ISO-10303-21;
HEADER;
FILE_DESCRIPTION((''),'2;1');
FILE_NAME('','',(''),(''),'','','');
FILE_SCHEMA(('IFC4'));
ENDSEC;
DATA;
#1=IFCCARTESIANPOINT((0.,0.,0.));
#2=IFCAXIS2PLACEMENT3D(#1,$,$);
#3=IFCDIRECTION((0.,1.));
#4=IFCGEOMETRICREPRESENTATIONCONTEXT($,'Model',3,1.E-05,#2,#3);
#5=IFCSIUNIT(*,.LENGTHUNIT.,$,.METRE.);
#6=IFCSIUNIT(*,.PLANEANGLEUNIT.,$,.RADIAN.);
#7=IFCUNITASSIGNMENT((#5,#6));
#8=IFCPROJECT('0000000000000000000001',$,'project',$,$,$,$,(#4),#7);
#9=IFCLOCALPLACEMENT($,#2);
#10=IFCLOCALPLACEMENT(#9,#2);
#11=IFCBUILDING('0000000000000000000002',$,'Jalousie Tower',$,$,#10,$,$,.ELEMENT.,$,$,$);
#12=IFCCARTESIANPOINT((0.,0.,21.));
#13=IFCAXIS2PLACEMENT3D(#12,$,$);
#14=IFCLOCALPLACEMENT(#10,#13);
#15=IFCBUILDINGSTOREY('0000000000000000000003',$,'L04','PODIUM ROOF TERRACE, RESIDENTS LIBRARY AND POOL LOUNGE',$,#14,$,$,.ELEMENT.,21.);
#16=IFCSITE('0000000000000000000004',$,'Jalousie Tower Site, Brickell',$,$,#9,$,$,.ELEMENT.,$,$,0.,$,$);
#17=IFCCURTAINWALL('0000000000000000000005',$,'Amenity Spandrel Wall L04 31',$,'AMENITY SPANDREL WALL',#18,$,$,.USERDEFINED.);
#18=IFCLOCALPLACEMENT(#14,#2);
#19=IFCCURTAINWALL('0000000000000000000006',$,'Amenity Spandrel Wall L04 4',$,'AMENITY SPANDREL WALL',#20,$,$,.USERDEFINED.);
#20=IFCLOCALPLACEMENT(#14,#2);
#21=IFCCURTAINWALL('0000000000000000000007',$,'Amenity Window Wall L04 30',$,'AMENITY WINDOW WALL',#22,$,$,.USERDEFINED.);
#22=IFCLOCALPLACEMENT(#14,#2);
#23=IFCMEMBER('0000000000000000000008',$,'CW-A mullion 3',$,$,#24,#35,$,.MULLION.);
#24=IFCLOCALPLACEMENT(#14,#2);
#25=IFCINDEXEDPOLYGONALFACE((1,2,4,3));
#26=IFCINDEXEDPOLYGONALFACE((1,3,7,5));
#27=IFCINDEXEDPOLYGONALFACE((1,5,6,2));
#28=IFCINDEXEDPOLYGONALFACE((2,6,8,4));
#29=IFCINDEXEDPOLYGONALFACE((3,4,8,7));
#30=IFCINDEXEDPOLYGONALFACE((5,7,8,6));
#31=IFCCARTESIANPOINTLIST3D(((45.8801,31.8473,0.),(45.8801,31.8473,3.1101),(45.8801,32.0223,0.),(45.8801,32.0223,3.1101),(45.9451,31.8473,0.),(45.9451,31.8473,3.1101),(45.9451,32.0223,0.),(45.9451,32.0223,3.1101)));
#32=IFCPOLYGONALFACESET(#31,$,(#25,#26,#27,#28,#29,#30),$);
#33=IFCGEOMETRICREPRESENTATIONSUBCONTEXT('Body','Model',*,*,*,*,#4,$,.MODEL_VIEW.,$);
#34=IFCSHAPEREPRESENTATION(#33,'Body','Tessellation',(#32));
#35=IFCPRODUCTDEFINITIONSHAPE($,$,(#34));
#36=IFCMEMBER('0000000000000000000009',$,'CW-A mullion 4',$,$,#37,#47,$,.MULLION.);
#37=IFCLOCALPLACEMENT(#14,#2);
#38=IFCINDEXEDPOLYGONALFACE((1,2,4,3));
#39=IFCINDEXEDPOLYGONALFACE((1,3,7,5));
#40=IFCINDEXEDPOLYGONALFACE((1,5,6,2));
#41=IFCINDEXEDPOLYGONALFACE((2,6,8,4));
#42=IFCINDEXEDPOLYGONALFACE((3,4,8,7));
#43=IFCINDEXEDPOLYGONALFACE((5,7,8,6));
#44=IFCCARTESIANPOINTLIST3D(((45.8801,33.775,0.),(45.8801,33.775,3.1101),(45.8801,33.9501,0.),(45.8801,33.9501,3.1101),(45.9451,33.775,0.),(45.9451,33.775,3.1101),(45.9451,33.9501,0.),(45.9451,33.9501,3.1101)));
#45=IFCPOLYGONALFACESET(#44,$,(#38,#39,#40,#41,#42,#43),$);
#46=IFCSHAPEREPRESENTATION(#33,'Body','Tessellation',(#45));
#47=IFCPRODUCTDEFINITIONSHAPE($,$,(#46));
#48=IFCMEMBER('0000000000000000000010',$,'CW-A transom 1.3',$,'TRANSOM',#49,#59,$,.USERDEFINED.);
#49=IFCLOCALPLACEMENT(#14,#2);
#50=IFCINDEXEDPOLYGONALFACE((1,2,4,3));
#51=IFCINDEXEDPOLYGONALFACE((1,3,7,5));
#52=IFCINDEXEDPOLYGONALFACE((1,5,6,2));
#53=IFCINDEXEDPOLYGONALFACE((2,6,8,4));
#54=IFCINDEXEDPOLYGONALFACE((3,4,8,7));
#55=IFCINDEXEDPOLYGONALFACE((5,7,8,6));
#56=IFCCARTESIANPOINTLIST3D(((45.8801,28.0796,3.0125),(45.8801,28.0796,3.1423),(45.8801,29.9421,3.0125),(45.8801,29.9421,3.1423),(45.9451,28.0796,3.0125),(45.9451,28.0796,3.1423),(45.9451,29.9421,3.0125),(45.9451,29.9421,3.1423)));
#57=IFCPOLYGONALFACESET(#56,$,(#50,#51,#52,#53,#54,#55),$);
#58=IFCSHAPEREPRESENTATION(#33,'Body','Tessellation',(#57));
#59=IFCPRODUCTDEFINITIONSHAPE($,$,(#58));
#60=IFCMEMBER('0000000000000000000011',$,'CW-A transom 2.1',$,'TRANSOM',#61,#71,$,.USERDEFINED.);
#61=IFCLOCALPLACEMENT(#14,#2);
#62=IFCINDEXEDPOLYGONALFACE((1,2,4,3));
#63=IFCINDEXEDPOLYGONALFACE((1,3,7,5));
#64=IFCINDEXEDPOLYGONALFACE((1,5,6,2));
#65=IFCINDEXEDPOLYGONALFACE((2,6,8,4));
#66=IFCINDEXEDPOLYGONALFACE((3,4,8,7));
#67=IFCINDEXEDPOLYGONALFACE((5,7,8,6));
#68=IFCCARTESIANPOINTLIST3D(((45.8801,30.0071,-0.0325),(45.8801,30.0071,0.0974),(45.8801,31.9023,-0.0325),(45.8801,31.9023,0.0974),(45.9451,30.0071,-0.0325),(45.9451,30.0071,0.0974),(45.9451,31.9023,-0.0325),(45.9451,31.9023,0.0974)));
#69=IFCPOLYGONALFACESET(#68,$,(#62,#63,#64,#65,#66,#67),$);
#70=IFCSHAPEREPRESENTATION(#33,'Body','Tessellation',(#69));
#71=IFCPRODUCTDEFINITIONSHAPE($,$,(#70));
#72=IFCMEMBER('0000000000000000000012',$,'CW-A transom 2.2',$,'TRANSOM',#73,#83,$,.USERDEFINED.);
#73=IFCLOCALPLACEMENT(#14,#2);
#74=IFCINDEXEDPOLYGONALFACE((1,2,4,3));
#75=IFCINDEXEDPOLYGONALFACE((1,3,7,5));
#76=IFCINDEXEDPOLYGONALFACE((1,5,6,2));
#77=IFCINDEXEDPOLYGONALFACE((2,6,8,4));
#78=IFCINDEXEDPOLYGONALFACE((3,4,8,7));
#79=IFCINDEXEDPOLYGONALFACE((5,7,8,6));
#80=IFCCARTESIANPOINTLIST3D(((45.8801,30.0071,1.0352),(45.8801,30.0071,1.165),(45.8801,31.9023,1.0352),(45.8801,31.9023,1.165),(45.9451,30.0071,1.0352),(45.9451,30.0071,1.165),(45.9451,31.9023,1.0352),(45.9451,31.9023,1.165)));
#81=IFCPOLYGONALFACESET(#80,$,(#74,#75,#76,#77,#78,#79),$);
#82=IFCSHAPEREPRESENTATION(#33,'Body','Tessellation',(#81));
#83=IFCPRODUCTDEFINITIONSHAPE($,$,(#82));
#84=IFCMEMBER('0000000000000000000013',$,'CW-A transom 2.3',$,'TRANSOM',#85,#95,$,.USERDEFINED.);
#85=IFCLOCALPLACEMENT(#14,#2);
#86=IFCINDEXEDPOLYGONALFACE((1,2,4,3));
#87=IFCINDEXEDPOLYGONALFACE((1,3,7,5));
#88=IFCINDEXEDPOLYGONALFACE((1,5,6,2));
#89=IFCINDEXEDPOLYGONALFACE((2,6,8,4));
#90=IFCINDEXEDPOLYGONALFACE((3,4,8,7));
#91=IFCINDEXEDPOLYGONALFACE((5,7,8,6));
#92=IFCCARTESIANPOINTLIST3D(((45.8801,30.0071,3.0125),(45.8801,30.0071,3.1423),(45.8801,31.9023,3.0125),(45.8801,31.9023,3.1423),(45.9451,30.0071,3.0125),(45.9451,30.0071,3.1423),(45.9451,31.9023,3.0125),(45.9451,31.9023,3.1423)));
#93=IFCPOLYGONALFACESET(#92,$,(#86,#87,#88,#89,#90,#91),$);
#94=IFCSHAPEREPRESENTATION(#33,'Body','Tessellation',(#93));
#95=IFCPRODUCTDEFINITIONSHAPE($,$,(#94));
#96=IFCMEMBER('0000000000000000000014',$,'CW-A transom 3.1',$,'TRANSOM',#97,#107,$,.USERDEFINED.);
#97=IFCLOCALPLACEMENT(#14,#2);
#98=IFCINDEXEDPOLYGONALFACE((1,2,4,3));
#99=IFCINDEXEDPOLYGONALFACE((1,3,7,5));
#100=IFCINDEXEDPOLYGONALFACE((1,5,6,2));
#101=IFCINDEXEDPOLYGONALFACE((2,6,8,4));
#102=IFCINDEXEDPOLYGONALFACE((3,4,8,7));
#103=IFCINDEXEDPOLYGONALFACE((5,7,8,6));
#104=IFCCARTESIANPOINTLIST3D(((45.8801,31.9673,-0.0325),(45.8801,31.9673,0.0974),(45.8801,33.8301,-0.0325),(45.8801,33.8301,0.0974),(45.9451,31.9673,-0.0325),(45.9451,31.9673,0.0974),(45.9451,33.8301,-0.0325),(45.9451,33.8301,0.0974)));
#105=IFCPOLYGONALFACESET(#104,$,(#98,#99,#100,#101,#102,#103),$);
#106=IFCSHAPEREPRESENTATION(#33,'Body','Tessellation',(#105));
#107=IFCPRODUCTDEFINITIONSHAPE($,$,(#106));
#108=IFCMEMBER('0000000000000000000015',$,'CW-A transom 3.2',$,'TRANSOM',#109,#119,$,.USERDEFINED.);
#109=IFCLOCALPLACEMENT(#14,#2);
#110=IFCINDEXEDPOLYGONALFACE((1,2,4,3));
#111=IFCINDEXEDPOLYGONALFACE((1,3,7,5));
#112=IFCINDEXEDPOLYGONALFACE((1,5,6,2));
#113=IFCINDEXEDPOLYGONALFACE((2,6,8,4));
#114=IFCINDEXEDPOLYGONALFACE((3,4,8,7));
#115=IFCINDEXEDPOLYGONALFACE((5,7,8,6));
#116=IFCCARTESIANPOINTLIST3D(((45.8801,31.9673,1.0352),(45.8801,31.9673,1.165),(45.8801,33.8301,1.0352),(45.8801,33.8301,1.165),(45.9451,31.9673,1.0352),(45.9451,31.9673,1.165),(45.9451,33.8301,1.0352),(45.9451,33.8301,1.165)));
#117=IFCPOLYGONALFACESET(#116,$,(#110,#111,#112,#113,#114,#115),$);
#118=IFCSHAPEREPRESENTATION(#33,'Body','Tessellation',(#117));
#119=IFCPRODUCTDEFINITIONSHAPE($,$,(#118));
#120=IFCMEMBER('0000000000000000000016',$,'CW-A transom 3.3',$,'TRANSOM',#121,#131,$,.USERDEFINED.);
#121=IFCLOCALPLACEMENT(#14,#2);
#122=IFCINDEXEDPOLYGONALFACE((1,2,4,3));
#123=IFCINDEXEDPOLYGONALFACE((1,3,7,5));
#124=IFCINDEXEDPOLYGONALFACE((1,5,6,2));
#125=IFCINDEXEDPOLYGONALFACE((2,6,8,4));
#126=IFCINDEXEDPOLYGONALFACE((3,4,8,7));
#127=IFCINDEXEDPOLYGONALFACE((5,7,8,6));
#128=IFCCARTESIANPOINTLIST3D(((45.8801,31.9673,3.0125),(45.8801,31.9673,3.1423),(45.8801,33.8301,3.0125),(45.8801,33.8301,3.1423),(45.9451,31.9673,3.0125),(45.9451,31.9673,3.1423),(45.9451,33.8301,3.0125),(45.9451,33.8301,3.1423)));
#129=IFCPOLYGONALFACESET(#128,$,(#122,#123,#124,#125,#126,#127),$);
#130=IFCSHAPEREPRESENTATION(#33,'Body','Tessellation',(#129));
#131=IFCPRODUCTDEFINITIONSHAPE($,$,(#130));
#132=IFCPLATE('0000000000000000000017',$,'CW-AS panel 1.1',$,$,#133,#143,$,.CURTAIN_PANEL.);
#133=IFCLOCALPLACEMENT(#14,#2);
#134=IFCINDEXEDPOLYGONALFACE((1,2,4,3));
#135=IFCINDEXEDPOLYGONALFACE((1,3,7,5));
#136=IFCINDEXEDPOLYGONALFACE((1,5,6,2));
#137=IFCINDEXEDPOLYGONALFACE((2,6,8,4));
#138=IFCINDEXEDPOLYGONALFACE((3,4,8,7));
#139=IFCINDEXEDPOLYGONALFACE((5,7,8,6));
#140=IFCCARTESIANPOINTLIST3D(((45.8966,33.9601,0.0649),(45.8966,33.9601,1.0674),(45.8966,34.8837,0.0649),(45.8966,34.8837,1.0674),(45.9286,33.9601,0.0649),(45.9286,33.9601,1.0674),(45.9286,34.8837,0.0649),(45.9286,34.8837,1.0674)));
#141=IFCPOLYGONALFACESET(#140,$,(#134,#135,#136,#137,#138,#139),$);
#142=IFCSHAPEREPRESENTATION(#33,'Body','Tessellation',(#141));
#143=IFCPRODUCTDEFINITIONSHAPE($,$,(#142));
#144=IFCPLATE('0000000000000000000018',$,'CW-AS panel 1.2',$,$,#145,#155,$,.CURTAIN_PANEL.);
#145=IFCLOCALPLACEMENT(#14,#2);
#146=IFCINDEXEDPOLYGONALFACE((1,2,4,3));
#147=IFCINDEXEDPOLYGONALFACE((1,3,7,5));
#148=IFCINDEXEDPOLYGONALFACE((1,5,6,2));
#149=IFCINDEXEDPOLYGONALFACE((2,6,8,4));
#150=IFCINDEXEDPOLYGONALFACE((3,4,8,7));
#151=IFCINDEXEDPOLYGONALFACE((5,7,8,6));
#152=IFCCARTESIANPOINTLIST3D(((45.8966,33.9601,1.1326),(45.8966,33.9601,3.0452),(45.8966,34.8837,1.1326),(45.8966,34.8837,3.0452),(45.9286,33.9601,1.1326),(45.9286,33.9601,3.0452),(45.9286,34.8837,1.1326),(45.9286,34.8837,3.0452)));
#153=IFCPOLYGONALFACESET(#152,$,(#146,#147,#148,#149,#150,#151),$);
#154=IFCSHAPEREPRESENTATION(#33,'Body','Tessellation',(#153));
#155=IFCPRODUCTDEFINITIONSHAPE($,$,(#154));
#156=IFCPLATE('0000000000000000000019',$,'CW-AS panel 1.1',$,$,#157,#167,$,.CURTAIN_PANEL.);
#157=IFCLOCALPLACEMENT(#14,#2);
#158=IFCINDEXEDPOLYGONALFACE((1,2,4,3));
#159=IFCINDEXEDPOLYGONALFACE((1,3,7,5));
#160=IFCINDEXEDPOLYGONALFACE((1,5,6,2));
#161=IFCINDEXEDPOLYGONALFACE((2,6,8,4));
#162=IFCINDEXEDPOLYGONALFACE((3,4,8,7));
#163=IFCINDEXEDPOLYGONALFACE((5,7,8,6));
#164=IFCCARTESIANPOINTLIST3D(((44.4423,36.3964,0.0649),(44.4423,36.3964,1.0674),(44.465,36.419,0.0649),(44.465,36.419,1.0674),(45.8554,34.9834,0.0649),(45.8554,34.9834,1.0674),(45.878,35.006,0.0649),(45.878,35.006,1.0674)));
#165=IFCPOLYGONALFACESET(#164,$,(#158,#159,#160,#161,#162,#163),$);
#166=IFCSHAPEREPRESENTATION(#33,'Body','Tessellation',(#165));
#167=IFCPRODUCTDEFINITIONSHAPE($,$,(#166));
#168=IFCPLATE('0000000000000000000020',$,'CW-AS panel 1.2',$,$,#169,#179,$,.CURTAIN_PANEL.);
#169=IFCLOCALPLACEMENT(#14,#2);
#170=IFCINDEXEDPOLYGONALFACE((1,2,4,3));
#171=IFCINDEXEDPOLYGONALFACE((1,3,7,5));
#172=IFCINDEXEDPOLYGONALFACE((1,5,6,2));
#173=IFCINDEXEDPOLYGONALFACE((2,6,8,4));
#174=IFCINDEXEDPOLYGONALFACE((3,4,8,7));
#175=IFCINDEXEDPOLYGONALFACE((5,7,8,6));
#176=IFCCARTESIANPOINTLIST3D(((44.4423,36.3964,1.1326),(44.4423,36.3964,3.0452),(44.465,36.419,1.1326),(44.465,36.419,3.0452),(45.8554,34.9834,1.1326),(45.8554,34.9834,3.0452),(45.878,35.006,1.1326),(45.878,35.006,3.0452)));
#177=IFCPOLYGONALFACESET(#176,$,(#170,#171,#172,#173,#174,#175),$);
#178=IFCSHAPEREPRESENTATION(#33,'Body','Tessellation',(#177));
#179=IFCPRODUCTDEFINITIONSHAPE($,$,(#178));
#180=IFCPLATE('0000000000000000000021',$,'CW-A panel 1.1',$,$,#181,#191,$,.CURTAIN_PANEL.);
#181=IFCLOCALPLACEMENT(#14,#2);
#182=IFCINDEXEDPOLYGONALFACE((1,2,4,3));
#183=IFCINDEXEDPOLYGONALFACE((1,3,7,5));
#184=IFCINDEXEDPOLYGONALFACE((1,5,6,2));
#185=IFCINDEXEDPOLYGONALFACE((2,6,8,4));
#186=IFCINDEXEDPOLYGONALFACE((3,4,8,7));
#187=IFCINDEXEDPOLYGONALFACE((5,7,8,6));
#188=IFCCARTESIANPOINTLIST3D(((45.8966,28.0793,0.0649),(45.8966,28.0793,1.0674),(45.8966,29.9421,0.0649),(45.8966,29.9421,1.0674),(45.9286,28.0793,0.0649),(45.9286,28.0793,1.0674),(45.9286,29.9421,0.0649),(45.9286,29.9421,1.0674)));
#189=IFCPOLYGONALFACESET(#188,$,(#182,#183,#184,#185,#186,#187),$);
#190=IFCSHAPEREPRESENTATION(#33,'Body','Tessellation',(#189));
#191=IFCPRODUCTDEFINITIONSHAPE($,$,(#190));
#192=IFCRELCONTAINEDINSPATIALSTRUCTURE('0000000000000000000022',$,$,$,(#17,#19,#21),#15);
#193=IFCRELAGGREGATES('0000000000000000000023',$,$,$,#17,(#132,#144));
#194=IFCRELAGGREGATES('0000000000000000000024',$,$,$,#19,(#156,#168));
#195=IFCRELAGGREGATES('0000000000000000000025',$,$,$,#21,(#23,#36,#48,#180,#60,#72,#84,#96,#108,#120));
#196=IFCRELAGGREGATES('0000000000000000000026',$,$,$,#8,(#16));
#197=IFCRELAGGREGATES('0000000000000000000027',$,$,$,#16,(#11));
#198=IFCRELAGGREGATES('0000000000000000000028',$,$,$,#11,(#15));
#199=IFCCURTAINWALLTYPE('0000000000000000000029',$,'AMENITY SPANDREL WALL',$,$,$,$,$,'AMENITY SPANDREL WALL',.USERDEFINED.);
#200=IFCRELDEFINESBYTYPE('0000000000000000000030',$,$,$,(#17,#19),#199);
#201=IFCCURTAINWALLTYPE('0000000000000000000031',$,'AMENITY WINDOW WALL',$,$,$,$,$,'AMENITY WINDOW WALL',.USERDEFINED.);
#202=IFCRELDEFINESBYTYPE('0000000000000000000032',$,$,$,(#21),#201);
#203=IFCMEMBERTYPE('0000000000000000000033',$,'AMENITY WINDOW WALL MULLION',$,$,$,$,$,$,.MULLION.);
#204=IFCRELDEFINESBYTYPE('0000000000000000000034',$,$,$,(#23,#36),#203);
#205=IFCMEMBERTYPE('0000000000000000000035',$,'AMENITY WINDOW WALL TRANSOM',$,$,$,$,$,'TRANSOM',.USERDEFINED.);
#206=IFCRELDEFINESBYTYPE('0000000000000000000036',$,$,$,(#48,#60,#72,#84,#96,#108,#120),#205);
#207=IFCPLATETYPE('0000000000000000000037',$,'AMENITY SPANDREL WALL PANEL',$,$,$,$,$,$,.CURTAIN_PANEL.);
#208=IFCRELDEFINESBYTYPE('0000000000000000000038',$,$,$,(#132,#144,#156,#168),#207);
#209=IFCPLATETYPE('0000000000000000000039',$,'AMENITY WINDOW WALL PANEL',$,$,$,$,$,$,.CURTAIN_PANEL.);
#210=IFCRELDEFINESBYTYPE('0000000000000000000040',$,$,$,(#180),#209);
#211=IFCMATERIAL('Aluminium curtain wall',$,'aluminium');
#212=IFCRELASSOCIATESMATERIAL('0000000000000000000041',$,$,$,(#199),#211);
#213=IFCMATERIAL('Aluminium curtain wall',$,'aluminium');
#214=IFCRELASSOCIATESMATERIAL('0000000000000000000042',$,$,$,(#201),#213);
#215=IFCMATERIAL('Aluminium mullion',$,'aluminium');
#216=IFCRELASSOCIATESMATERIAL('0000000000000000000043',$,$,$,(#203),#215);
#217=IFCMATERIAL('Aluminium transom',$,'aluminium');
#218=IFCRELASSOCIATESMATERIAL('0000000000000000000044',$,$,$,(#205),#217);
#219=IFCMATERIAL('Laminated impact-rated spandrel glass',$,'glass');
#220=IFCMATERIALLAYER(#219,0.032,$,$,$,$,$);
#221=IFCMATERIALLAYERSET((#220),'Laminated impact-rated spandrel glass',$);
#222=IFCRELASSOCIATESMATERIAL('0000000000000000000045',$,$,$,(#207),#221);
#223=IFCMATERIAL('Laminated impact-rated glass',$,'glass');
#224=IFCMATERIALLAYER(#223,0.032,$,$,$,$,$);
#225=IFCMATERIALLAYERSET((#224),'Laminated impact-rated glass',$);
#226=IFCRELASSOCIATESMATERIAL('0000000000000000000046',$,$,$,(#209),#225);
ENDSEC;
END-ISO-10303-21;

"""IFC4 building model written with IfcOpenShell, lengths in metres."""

from ifc_helpers import new_model, si_unit, direction, frame, origin, origin_2d, place, context, subcontext, project, spatial, rectangle, extrude, material, layer, layer_set, material_profile, profile_set, type_object, element, aggregate, save


model = new_model("IFC4")

# Units and contexts
model_context = context("Model", 3, precision=1e-05, world=origin(), true_north=direction((0.0, 1.0)))
body_context = subcontext(model_context, "Body", "Model", "MODEL_VIEW")
ifc_project = project(units=[si_unit("LENGTHUNIT", "METRE"), si_unit("PLANEANGLEUNIT", "RADIAN")], contexts=[model_context])

# Site, building, storey
site_placement = place(None, origin())
site = spatial("IfcSite", under=ifc_project, at=site_placement, Name="Jalousie Tower Site, Brickell", CompositionType="ELEMENT", RefElevation=0.0)
building_placement = place(site_placement, origin())
building = spatial("IfcBuilding", under=site, at=building_placement, Name="Jalousie Tower", CompositionType="ELEMENT")
storey_placement = place(building_placement, frame((0.0, 0.0, 21.0)))
storey = spatial("IfcBuildingStorey", under=building, at=storey_placement, Name="L04", Description="PODIUM ROOF TERRACE, RESIDENTS LIBRARY AND POOL LOUNGE", CompositionType="ELEMENT", Elevation=21.0)

# Curtain walls
ifc_material_1 = material(Name="Aluminium curtain wall", Category="aluminium")
curtain_wall_type_1 = type_object("IfcCurtainWallType", Name="AMENITY SPANDREL WALL", ElementType="AMENITY SPANDREL WALL", PredefinedType="USERDEFINED", material=ifc_material_1)
curtain_wall_1_placement = place(storey_placement, origin())
curtain_wall_1 = element("IfcCurtainWall", 1, at=curtain_wall_1_placement, inside=storey, type_object=curtain_wall_type_1, Name="Amenity Spandrel Wall L04 31", ObjectType="AMENITY SPANDREL WALL", PredefinedType="USERDEFINED")
curtain_wall_2_placement = place(storey_placement, origin())
curtain_wall_2 = element("IfcCurtainWall", 2, at=curtain_wall_2_placement, inside=storey, type_object=curtain_wall_type_1, Name="Amenity Spandrel Wall L04 4", ObjectType="AMENITY SPANDREL WALL", PredefinedType="USERDEFINED")

# Curtain wall, members
ifc_material_2 = material(Name="Aluminium curtain wall", Category="aluminium")
curtain_wall_type_2 = type_object("IfcCurtainWallType", Name="AMENITY WINDOW WALL", ElementType="AMENITY WINDOW WALL", PredefinedType="USERDEFINED", material=ifc_material_2)
curtain_wall_3_placement = place(storey_placement, origin())
curtain_wall_3 = element("IfcCurtainWall", 3, at=curtain_wall_3_placement, inside=storey, type_object=curtain_wall_type_2, Name="Amenity Window Wall L04 30", ObjectType="AMENITY WINDOW WALL", PredefinedType="USERDEFINED")
ifc_material_3 = material(Name="Aluminium mullion", Category="aluminium")
ifc_material_profile_1 = material_profile(ifc_material_3, rectangle(XDim=0.0649, YDim=0.175, at=origin_2d()), Name="MULLION 65x175")
ifc_profile_set_1 = profile_set([ifc_material_profile_1], Name="Aluminium mullion")
member_type_1 = type_object("IfcMemberType", Name="AMENITY WINDOW WALL MULLION", PredefinedType="MULLION", material=ifc_profile_set_1)
member_1_placement = place(storey_placement, frame((45.9126, 31.9348, 0.0), z_axis=(0.0, 0.0, 1.0), x_axis=(-1.0, 0.0, 0.0)))
member_1 = element("IfcMember", 4, at=member_1_placement, type_object=member_type_1, Name="CW-A mullion 3", PredefinedType="MULLION", context=body_context, shape_type="SweptSolid", body=[
    extrude(rectangle(XDim=0.0649, YDim=0.175, at=origin_2d()), origin(), (0.0, 0.0, 1.0), 3.1101),
])
member_2_placement = place(storey_placement, frame((45.9126, 33.8625, 0.0), z_axis=(0.0, 0.0, 1.0), x_axis=(-1.0, 0.0, 0.0)))
member_2 = element("IfcMember", 5, at=member_2_placement, type_object=member_type_1, Name="CW-A mullion 4", PredefinedType="MULLION", context=body_context, shape_type="SweptSolid", body=[
    extrude(rectangle(XDim=0.0649, YDim=0.175, at=origin_2d()), origin(), (0.0, 0.0, 1.0), 3.1101),
])
ifc_material_4 = material(Name="Aluminium transom", Category="aluminium")
ifc_material_profile_2 = material_profile(ifc_material_4, rectangle(XDim=0.0649, YDim=0.1299, at=origin_2d()), Name="TRANSOM 65x130")
ifc_profile_set_2 = profile_set([ifc_material_profile_2], Name="Aluminium transom")
member_type_2 = type_object("IfcMemberType", Name="AMENITY WINDOW WALL TRANSOM", ElementType="TRANSOM", PredefinedType="USERDEFINED", material=ifc_profile_set_2)
member_3_placement = place(storey_placement, frame((45.9126, 28.0796, 3.0774), z_axis=(0.0, 1.0, 0.0), x_axis=(-1.0, 0.0, 0.0)))
member_3 = element("IfcMember", 6, at=member_3_placement, type_object=member_type_2, Name="CW-A transom 1.3", ObjectType="TRANSOM", PredefinedType="USERDEFINED", context=body_context, shape_type="SweptSolid", body=[
    extrude(rectangle(XDim=0.0649, YDim=0.1299, at=origin_2d()), origin(), (0.0, 0.0, 1.0), 1.8625),
])
member_4_placement = place(storey_placement, frame((45.9126, 30.0071, 0.0325), z_axis=(0.0, 1.0, 0.0), x_axis=(-1.0, 0.0, 0.0)))
member_4 = element("IfcMember", 7, at=member_4_placement, type_object=member_type_2, Name="CW-A transom 2.1", ObjectType="TRANSOM", PredefinedType="USERDEFINED", context=body_context, shape_type="SweptSolid", body=[
    extrude(rectangle(XDim=0.0649, YDim=0.1299, at=origin_2d()), origin(), (0.0, 0.0, 1.0), 1.8953),
])
member_5_placement = place(storey_placement, frame((45.9126, 30.0071, 1.1001), z_axis=(0.0, 1.0, 0.0), x_axis=(-1.0, 0.0, 0.0)))
member_5 = element("IfcMember", 8, at=member_5_placement, type_object=member_type_2, Name="CW-A transom 2.2", ObjectType="TRANSOM", PredefinedType="USERDEFINED", context=body_context, shape_type="SweptSolid", body=[
    extrude(rectangle(XDim=0.0649, YDim=0.1299, at=origin_2d()), origin(), (0.0, 0.0, 1.0), 1.8953),
])
member_6_placement = place(storey_placement, frame((45.9126, 30.0071, 3.0774), z_axis=(0.0, 1.0, 0.0), x_axis=(-1.0, 0.0, 0.0)))
member_6 = element("IfcMember", 9, at=member_6_placement, type_object=member_type_2, Name="CW-A transom 2.3", ObjectType="TRANSOM", PredefinedType="USERDEFINED", context=body_context, shape_type="SweptSolid", body=[
    extrude(rectangle(XDim=0.0649, YDim=0.1299, at=origin_2d()), origin(), (0.0, 0.0, 1.0), 1.8953),
])
member_7_placement = place(storey_placement, frame((45.9126, 31.9673, 0.0325), z_axis=(0.0, 1.0, 0.0), x_axis=(-1.0, 0.0, 0.0)))
member_7 = element("IfcMember", 10, at=member_7_placement, type_object=member_type_2, Name="CW-A transom 3.1", ObjectType="TRANSOM", PredefinedType="USERDEFINED", context=body_context, shape_type="SweptSolid", body=[
    extrude(rectangle(XDim=0.0649, YDim=0.1299, at=origin_2d()), origin(), (0.0, 0.0, 1.0), 1.8628),
])
member_8_placement = place(storey_placement, frame((45.9126, 31.9673, 1.1001), z_axis=(0.0, 1.0, 0.0), x_axis=(-1.0, 0.0, 0.0)))
member_8 = element("IfcMember", 11, at=member_8_placement, type_object=member_type_2, Name="CW-A transom 3.2", ObjectType="TRANSOM", PredefinedType="USERDEFINED", context=body_context, shape_type="SweptSolid", body=[
    extrude(rectangle(XDim=0.0649, YDim=0.1299, at=origin_2d()), origin(), (0.0, 0.0, 1.0), 1.8628),
])
member_9_placement = place(storey_placement, frame((45.9126, 31.9673, 3.0774), z_axis=(0.0, 1.0, 0.0), x_axis=(-1.0, 0.0, 0.0)))
member_9 = element("IfcMember", 12, at=member_9_placement, type_object=member_type_2, Name="CW-A transom 3.3", ObjectType="TRANSOM", PredefinedType="USERDEFINED", context=body_context, shape_type="SweptSolid", body=[
    extrude(rectangle(XDim=0.0649, YDim=0.1299, at=origin_2d()), origin(), (0.0, 0.0, 1.0), 1.8628),
])

# Plates
ifc_material_5 = material(Name="Laminated impact-rated spandrel glass", Category="glass")
ifc_layer_1 = layer(ifc_material_5, 0.032)
ifc_layer_set_1 = layer_set([ifc_layer_1], Name="Laminated impact-rated spandrel glass")
plate_type_1 = type_object("IfcPlateType", Name="AMENITY SPANDREL WALL PANEL", PredefinedType="CURTAIN_PANEL", material=ifc_layer_set_1)
plate_1_placement = place(storey_placement, frame((45.9126, 34.4219, 0.0649), z_axis=(0.0, 0.0, 1.0), x_axis=(0.0, 1.0, 0.0)))
plate_1 = element("IfcPlate", 13, at=plate_1_placement, type_object=plate_type_1, Name="CW-AS panel 1.1", PredefinedType="CURTAIN_PANEL", context=body_context, shape_type="SweptSolid", body=[
    extrude(rectangle(XDim=0.9236, YDim=0.032, at=origin_2d()), origin(), (0.0, 0.0, 1.0), 1.0024),
])
plate_2_placement = place(storey_placement, frame((45.9126, 34.4219, 1.1326), z_axis=(0.0, 0.0, 1.0), x_axis=(0.0, 1.0, 0.0)))
plate_2 = element("IfcPlate", 14, at=plate_2_placement, type_object=plate_type_1, Name="CW-AS panel 1.2", PredefinedType="CURTAIN_PANEL", context=body_context, shape_type="SweptSolid", body=[
    extrude(rectangle(XDim=0.9236, YDim=0.032, at=origin_2d()), origin(), (0.0, 0.0, 1.0), 1.9126),
])
aggregate(curtain_wall_1, [plate_1, plate_2])
plate_3_placement = place(storey_placement, frame((45.1602, 35.7012, 0.0649), z_axis=(0.0, 0.0, 1.0), x_axis=(-0.707107, 0.707107, 0.0)))
plate_3 = element("IfcPlate", 15, at=plate_3_placement, type_object=plate_type_1, Name="CW-AS panel 1.1", PredefinedType="CURTAIN_PANEL", context=body_context, shape_type="SweptSolid", body=[
    extrude(rectangle(XDim=1.9983, YDim=0.032, at=origin_2d()), origin(), (0.0, 0.0, 1.0), 1.0024),
])
plate_4_placement = place(storey_placement, frame((45.1602, 35.7012, 1.1326), z_axis=(0.0, 0.0, 1.0), x_axis=(-0.707107, 0.707107, 0.0)))
plate_4 = element("IfcPlate", 16, at=plate_4_placement, type_object=plate_type_1, Name="CW-AS panel 1.2", PredefinedType="CURTAIN_PANEL", context=body_context, shape_type="SweptSolid", body=[
    extrude(rectangle(XDim=1.9983, YDim=0.032, at=origin_2d()), origin(), (0.0, 0.0, 1.0), 1.9126),
])
aggregate(curtain_wall_2, [plate_3, plate_4])
ifc_material_6 = material(Name="Laminated impact-rated glass", Category="glass")
ifc_layer_2 = layer(ifc_material_6, 0.032)
ifc_layer_set_2 = layer_set([ifc_layer_2], Name="Laminated impact-rated glass")
plate_type_2 = type_object("IfcPlateType", Name="AMENITY WINDOW WALL PANEL", PredefinedType="CURTAIN_PANEL", material=ifc_layer_set_2)
plate_5_placement = place(storey_placement, frame((45.9126, 29.0107, 0.0649), z_axis=(0.0, 0.0, 1.0), x_axis=(0.0, 1.0, 0.0)))
plate_5 = element("IfcPlate", 17, at=plate_5_placement, type_object=plate_type_2, Name="CW-A panel 1.1", PredefinedType="CURTAIN_PANEL", context=body_context, shape_type="SweptSolid", body=[
    extrude(rectangle(XDim=1.8628, YDim=0.032, at=origin_2d()), origin(), (0.0, 0.0, 1.0), 1.0024),
])
aggregate(curtain_wall_3, [member_1, member_2, member_3, plate_5, member_4, member_5, member_6, member_7, member_8, member_9])

save(model, "model.ifc")
